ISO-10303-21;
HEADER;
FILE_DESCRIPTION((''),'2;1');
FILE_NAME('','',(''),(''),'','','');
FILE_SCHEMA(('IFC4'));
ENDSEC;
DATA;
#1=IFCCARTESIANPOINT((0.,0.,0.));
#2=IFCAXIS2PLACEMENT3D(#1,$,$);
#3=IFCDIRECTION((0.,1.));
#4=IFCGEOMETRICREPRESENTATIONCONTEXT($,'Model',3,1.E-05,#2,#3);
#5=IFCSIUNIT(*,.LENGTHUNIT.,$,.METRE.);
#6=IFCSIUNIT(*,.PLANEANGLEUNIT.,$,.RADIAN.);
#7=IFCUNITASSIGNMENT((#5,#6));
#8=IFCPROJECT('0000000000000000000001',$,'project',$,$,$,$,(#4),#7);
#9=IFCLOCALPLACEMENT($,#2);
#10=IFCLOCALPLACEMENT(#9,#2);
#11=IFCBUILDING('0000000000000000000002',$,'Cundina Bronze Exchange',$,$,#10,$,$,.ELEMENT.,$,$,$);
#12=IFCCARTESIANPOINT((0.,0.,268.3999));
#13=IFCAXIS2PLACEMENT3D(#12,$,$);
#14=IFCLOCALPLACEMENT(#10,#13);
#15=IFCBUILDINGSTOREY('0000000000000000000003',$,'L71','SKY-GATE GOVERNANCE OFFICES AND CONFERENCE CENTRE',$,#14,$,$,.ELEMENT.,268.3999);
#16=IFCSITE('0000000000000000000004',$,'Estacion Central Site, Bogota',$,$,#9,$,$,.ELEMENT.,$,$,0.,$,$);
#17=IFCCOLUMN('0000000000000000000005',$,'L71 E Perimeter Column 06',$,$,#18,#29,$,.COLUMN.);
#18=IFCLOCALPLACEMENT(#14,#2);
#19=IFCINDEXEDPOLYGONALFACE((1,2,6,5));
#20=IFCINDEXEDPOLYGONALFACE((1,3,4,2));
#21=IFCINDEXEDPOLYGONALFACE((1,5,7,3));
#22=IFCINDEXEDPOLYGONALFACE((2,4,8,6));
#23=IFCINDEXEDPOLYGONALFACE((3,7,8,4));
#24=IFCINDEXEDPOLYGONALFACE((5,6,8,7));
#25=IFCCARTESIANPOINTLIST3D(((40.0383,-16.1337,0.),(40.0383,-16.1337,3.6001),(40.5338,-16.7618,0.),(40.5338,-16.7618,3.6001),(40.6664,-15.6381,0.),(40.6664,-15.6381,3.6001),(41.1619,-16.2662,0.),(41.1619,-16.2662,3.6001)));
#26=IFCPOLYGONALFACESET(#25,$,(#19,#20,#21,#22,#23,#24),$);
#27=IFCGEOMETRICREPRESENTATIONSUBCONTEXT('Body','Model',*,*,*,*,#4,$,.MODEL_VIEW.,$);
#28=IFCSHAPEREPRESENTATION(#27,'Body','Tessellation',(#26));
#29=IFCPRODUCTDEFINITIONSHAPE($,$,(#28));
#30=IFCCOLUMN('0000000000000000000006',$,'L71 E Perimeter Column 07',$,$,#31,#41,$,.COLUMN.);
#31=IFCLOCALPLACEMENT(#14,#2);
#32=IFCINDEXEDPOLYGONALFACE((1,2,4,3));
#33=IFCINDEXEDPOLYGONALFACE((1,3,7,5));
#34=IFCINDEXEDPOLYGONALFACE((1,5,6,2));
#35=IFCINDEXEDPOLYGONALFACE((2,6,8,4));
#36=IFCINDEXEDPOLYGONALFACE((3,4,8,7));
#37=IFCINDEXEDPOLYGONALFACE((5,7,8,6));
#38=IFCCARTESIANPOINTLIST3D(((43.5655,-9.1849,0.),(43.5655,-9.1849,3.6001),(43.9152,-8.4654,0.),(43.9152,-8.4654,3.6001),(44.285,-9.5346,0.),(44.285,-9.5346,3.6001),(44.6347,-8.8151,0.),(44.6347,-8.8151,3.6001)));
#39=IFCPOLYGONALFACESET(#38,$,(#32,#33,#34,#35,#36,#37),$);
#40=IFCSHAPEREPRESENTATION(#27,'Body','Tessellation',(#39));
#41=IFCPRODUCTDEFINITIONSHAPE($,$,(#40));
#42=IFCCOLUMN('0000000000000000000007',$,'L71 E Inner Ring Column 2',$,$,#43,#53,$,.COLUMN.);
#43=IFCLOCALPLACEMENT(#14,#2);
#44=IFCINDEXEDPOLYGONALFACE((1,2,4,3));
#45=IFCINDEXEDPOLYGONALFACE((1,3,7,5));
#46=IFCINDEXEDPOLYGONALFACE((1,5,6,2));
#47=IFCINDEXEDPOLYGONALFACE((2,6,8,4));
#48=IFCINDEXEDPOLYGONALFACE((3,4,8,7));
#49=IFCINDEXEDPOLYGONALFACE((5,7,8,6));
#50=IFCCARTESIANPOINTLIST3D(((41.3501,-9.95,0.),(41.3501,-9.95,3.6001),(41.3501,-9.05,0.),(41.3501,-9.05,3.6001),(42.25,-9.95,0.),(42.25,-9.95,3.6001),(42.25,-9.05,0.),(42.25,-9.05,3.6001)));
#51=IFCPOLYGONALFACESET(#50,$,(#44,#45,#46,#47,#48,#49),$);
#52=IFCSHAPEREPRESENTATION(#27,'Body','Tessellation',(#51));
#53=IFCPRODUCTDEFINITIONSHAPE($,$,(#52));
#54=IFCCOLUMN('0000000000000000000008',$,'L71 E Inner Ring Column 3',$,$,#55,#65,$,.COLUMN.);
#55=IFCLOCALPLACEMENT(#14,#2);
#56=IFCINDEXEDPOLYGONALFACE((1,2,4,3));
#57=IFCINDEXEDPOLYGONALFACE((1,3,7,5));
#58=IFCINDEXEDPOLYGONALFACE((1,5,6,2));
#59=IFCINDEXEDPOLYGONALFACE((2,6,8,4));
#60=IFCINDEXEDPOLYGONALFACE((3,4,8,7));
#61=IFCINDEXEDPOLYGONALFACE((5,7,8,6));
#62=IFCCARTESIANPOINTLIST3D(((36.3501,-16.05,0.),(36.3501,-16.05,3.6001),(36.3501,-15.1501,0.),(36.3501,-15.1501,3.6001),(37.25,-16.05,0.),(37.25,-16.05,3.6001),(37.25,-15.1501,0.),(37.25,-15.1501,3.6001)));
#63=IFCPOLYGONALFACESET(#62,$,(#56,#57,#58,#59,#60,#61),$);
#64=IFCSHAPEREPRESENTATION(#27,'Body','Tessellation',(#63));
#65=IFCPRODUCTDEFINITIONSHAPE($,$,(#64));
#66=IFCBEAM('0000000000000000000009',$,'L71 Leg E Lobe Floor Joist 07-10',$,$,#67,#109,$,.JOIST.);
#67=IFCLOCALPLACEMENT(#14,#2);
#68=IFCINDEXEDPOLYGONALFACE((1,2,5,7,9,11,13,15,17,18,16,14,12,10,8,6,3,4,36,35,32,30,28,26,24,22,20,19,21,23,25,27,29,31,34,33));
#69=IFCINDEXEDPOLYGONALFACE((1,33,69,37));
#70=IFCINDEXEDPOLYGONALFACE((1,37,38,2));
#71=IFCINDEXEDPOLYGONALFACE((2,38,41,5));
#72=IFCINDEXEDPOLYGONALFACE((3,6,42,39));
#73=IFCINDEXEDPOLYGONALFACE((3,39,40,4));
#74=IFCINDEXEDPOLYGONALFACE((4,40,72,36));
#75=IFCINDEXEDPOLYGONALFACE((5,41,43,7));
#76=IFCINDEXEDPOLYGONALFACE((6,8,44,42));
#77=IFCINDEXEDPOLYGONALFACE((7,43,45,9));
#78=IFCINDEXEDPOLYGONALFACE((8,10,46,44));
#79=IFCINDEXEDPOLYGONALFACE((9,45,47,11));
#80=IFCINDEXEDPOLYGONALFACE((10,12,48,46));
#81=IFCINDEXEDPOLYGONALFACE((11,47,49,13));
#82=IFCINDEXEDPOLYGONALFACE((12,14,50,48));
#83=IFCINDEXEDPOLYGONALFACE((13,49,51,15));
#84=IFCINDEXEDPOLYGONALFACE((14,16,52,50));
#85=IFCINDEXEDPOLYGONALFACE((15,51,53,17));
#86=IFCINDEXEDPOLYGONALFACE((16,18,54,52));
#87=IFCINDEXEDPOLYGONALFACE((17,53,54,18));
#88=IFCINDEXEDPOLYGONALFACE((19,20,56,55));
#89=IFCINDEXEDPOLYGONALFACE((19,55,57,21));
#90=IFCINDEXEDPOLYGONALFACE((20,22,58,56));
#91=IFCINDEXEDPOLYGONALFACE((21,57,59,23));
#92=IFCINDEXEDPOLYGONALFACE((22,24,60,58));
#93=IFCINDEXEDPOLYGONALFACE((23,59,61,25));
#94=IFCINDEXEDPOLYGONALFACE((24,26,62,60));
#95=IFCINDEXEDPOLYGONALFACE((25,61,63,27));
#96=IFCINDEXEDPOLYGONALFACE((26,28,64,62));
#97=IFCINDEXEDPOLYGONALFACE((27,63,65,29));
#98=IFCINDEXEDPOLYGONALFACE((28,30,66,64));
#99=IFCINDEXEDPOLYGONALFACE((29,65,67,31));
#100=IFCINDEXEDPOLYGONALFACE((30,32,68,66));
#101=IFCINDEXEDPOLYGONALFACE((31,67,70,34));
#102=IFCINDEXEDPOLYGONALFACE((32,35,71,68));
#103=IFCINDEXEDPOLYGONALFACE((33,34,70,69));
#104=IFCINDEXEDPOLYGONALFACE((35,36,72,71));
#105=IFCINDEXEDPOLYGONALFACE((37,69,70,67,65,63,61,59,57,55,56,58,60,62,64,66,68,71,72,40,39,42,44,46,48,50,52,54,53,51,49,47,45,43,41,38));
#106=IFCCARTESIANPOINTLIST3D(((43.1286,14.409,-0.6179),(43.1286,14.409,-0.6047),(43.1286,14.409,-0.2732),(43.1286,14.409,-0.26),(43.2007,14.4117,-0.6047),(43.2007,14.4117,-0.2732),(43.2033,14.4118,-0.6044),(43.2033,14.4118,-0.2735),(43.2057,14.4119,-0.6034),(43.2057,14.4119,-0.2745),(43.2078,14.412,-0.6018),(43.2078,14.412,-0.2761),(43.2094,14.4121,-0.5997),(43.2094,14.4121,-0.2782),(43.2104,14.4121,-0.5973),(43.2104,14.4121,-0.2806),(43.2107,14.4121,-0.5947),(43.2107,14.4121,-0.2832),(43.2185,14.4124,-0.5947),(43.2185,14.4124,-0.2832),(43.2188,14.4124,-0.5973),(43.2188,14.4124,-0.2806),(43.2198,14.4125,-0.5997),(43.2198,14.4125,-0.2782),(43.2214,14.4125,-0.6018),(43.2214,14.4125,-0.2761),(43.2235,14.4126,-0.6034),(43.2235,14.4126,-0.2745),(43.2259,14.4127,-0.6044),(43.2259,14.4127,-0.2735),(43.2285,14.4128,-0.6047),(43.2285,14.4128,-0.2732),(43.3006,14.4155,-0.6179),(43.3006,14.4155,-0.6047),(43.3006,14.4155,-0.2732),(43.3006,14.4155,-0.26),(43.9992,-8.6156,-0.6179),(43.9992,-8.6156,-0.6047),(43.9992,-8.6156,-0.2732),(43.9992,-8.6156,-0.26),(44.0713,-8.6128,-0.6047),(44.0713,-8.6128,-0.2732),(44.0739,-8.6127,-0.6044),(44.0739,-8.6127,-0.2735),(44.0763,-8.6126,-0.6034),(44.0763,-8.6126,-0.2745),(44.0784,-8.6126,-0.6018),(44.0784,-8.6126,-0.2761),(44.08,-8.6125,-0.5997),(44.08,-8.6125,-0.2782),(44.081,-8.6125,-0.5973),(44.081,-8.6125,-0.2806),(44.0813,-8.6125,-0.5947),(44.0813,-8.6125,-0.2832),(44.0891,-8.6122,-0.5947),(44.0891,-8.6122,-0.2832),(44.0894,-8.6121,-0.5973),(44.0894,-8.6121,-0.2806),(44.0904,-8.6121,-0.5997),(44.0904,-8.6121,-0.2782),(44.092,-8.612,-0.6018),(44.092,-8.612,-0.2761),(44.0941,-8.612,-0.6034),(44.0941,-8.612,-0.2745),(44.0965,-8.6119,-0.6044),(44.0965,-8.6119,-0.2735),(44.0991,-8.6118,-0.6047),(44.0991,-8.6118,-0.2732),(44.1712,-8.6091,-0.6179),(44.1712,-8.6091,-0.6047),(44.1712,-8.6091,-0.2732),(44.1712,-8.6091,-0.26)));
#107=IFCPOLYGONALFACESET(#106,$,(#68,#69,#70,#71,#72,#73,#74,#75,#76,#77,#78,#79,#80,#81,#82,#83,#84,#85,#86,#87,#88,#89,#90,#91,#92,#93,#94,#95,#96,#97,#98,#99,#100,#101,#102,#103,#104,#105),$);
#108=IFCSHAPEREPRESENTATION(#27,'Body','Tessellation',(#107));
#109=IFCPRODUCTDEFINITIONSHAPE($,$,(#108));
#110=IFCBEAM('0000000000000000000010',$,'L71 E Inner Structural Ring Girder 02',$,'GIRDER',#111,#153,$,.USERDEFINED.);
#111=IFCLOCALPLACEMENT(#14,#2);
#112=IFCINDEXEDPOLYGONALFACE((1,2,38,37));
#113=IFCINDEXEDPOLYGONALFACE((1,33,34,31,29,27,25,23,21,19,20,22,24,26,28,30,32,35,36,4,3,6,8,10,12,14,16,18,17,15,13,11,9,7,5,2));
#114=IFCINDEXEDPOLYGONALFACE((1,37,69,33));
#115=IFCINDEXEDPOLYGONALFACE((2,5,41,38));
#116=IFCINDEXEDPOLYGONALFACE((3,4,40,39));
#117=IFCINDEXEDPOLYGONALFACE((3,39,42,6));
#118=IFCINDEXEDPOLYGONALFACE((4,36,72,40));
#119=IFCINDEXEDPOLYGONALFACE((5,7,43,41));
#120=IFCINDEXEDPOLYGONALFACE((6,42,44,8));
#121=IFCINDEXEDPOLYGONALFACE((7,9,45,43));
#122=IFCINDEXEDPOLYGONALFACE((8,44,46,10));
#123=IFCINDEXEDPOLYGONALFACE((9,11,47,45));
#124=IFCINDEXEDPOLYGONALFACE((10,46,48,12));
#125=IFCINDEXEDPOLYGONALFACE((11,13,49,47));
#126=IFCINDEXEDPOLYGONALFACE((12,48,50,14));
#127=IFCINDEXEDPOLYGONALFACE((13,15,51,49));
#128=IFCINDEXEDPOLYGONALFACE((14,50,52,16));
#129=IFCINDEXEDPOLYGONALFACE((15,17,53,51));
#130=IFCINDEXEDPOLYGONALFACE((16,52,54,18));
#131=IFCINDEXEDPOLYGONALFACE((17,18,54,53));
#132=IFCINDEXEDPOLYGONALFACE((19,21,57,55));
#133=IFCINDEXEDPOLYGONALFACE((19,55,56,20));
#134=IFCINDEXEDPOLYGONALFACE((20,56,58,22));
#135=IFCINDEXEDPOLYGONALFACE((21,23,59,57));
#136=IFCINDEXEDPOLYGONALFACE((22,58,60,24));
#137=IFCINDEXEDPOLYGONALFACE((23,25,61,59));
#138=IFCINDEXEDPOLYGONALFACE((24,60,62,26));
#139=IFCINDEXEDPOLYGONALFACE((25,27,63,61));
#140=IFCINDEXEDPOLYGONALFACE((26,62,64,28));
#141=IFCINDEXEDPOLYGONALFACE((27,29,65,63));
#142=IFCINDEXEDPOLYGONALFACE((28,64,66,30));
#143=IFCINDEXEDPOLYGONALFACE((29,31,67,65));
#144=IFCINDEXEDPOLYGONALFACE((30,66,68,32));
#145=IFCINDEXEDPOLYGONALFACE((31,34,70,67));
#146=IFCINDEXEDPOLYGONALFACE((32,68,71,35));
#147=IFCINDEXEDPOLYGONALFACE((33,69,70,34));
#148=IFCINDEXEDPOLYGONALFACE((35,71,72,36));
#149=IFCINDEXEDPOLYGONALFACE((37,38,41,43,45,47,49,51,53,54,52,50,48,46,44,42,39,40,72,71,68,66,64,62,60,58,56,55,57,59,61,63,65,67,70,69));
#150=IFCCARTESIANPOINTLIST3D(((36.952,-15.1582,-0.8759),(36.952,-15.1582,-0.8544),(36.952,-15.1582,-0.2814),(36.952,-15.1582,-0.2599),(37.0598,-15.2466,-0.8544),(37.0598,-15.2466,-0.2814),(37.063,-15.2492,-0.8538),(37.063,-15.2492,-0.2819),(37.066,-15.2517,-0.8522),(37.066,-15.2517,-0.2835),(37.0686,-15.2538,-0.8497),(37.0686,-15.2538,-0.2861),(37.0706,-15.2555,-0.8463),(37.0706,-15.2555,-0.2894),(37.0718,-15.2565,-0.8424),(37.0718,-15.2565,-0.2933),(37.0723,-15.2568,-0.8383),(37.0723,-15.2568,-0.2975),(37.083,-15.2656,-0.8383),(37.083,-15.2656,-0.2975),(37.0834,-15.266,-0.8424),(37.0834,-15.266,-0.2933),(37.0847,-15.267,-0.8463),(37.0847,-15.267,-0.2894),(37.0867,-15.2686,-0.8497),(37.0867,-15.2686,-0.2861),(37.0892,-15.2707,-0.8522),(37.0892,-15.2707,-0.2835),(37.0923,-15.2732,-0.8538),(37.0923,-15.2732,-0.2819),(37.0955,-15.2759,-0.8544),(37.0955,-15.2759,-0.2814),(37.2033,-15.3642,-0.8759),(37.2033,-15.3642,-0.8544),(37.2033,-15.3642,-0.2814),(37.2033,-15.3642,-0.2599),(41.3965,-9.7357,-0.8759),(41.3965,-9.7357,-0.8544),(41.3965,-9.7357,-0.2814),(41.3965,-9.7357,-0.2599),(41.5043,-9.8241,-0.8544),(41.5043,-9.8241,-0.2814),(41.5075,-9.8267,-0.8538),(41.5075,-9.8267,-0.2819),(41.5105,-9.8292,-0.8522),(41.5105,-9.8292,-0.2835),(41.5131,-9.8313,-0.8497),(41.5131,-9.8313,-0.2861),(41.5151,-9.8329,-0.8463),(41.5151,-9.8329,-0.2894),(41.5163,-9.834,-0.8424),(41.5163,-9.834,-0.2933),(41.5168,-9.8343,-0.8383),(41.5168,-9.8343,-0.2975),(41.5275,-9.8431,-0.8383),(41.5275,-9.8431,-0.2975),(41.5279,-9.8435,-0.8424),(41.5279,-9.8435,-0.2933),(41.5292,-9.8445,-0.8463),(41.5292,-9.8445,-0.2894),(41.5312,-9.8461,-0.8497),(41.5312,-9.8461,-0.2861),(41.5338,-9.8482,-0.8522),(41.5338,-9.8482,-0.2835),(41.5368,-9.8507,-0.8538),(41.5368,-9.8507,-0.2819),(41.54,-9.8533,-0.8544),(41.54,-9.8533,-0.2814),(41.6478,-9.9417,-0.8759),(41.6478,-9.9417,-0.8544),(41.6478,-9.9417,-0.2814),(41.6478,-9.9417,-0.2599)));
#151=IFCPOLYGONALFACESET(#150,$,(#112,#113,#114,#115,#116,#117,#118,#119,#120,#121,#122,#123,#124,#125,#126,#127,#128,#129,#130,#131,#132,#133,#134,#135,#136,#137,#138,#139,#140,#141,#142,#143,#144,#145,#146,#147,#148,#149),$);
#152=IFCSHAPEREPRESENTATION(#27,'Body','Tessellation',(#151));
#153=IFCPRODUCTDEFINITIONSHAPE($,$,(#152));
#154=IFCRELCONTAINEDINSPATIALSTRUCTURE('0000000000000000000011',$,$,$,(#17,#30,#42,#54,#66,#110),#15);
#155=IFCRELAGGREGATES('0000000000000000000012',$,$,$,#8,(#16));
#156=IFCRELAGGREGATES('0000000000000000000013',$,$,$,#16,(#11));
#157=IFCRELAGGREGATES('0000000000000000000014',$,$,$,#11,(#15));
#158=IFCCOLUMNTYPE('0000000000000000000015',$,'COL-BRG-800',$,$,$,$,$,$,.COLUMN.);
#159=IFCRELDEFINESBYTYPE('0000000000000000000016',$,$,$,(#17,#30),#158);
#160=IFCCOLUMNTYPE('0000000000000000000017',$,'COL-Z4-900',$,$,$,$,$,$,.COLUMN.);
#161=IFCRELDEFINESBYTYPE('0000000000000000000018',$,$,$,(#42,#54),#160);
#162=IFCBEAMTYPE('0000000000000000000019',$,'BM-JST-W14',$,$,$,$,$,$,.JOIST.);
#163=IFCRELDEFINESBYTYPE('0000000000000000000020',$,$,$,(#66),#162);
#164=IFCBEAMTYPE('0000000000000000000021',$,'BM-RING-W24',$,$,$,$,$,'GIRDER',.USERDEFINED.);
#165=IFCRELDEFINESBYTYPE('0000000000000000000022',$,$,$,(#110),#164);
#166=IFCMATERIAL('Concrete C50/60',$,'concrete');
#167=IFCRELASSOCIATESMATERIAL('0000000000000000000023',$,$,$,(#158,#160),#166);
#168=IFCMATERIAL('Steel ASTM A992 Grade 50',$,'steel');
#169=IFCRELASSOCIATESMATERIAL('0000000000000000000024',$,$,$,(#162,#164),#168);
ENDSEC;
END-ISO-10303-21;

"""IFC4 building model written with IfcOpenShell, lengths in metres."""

from ifc_helpers import new_model, si_unit, direction, frame, origin, origin_2d, place, context, subcontext, project, spatial, rectangle, i_section, extrude, material, material_profile, profile_set, type_object, element, save


model = new_model("IFC4")

# Units and contexts
model_context = context("Model", 3, precision=1e-05, world=origin(), true_north=direction((0.0, 1.0)))
body_context = subcontext(model_context, "Body", "Model", "MODEL_VIEW")
ifc_project = project(units=[si_unit("LENGTHUNIT", "METRE"), si_unit("PLANEANGLEUNIT", "RADIAN")], contexts=[model_context])

# Site, building, storey
site_placement = place(None, origin())
site = spatial("IfcSite", under=ifc_project, at=site_placement, Name="Estacion Central Site, Bogota", CompositionType="ELEMENT", RefElevation=0.0)
building_placement = place(site_placement, origin())
building = spatial("IfcBuilding", under=site, at=building_placement, Name="Cundina Bronze Exchange", CompositionType="ELEMENT")
storey_placement = place(building_placement, frame((0.0, 0.0, 268.3999)))
storey = spatial("IfcBuildingStorey", under=building, at=storey_placement, Name="L71", Description="SKY-GATE GOVERNANCE OFFICES AND CONFERENCE CENTRE", CompositionType="ELEMENT", Elevation=268.3999)

# Columns
ifc_material_1 = material(Name="Concrete C50/60", Category="concrete")
ifc_material_profile_1 = material_profile(ifc_material_1, rectangle(XDim=0.8, YDim=0.8, at=origin_2d()), Name="RC800X800", Category="concrete")
ifc_profile_set_1 = profile_set([ifc_material_profile_1], Name="Concrete C50/60")
column_type_1 = type_object("IfcColumnType", Name="COL-BRG-800", PredefinedType="COLUMN", material=ifc_profile_set_1)
for number, where, z_axis, x_axis, name in (
    (1, (40.6001, -16.2, 0.0), (0.0, 0.0, 1.0), (0.785101, 0.619368, 0.0), "L71 E Perimeter Column 06"),
    (2, (44.1001, -9.0, 0.0), (0.0, 0.0, 1.0), (0.437116, 0.899405, 0.0), "L71 E Perimeter Column 07"),
):
    element("IfcColumn", number, at=place(storey_placement, frame(where, z_axis=z_axis, x_axis=x_axis)), inside=storey, type_object=column_type_1, Name=name, PredefinedType="COLUMN", context=body_context, shape_type="SweptSolid", body=[
        extrude(rectangle(XDim=0.8, YDim=0.8, at=origin_2d()), origin(), (0.0, 0.0, 1.0), 3.6001),
    ])
ifc_material_profile_2 = material_profile(ifc_material_1, rectangle(XDim=0.8999, YDim=0.8999, at=origin_2d()), Name="RC900X900", Category="concrete")
ifc_profile_set_2 = profile_set([ifc_material_profile_2], Name="Concrete C50/60")
column_type_2 = type_object("IfcColumnType", Name="COL-Z4-900", PredefinedType="COLUMN", material=ifc_profile_set_2)
for number, where, z_axis, x_axis, name in (
    (3, (41.8, -9.5, 0.0), (0.0, 0.0, 1.0), (1.0, 0.0, 0.0), "L71 E Inner Ring Column 2"),
    (4, (36.8, -15.6001, 0.0), (0.0, 0.0, 1.0), (1.0, 0.0, 0.0), "L71 E Inner Ring Column 3"),
):
    element("IfcColumn", number, at=place(storey_placement, frame(where, z_axis=z_axis, x_axis=x_axis)), inside=storey, type_object=column_type_2, Name=name, PredefinedType="COLUMN", context=body_context, shape_type="SweptSolid", body=[
        extrude(rectangle(XDim=0.8999, YDim=0.8999, at=origin_2d()), origin(), (0.0, 0.0, 1.0), 3.6001),
    ])

# Beams
ifc_material_2 = material(Name="Steel ASTM A992 Grade 50", Category="steel")
ifc_material_profile_3 = material_profile(ifc_material_2, i_section(OverallWidth=0.1721, OverallDepth=0.3579, WebThickness=0.0078, FlangeThickness=0.0132, FilletRadius=0.01, at=origin_2d()), Name="W14X38", Category="steel")
ifc_profile_set_3 = profile_set([ifc_material_profile_3], Name="Steel ASTM A992 Grade 50")
beam_type_1 = type_object("IfcBeamType", Name="BM-JST-W14", PredefinedType="JOIST", material=ifc_profile_set_3)
beam_1_placement = place(storey_placement, frame((44.0852, -8.6123, -0.439), z_axis=(-0.037785, 0.999286, 0.0), x_axis=(-0.999286, -0.037785, 0.0)))
element("IfcBeam", 5, at=beam_1_placement, inside=storey, type_object=beam_type_1, Name="L71 Leg E Lobe Floor Joist 07-10", PredefinedType="JOIST", context=body_context, shape_type="SweptSolid", body=[
    extrude(i_section(OverallWidth=0.1721, OverallDepth=0.3579, WebThickness=0.0078, FlangeThickness=0.0132, FilletRadius=0.01, at=origin_2d()), origin(), (0.0, 0.0, 1.0), 23.041),
])
ifc_material_profile_4 = material_profile(ifc_material_2, i_section(OverallWidth=0.325, OverallDepth=0.616, WebThickness=0.0139, FlangeThickness=0.0215, FilletRadius=0.0161, at=origin_2d()), Name="W24X117", Category="steel")
ifc_profile_set_4 = profile_set([ifc_material_profile_4], Name="Steel ASTM A992 Grade 50")
beam_type_2 = type_object("IfcBeamType", Name="BM-RING-W24", ElementType="GIRDER", PredefinedType="USERDEFINED", material=ifc_profile_set_4)
beam_2_placement = place(storey_placement, frame((37.0776, -15.2612, -0.5679), z_axis=(0.633913, 0.773405, 0.0), x_axis=(-0.773405, 0.633913, 0.0)))
element("IfcBeam", 6, at=beam_2_placement, inside=storey, type_object=beam_type_2, Name="L71 E Inner Structural Ring Girder 02", ObjectType="GIRDER", PredefinedType="USERDEFINED", context=body_context, shape_type="SweptSolid", body=[
    extrude(i_section(OverallWidth=0.325, OverallDepth=0.616, WebThickness=0.0139, FlangeThickness=0.0215, FilletRadius=0.0161, at=origin_2d()), origin(), (0.0, 0.0, 1.0), 7.0112),
])

save(model, "model.ifc")
